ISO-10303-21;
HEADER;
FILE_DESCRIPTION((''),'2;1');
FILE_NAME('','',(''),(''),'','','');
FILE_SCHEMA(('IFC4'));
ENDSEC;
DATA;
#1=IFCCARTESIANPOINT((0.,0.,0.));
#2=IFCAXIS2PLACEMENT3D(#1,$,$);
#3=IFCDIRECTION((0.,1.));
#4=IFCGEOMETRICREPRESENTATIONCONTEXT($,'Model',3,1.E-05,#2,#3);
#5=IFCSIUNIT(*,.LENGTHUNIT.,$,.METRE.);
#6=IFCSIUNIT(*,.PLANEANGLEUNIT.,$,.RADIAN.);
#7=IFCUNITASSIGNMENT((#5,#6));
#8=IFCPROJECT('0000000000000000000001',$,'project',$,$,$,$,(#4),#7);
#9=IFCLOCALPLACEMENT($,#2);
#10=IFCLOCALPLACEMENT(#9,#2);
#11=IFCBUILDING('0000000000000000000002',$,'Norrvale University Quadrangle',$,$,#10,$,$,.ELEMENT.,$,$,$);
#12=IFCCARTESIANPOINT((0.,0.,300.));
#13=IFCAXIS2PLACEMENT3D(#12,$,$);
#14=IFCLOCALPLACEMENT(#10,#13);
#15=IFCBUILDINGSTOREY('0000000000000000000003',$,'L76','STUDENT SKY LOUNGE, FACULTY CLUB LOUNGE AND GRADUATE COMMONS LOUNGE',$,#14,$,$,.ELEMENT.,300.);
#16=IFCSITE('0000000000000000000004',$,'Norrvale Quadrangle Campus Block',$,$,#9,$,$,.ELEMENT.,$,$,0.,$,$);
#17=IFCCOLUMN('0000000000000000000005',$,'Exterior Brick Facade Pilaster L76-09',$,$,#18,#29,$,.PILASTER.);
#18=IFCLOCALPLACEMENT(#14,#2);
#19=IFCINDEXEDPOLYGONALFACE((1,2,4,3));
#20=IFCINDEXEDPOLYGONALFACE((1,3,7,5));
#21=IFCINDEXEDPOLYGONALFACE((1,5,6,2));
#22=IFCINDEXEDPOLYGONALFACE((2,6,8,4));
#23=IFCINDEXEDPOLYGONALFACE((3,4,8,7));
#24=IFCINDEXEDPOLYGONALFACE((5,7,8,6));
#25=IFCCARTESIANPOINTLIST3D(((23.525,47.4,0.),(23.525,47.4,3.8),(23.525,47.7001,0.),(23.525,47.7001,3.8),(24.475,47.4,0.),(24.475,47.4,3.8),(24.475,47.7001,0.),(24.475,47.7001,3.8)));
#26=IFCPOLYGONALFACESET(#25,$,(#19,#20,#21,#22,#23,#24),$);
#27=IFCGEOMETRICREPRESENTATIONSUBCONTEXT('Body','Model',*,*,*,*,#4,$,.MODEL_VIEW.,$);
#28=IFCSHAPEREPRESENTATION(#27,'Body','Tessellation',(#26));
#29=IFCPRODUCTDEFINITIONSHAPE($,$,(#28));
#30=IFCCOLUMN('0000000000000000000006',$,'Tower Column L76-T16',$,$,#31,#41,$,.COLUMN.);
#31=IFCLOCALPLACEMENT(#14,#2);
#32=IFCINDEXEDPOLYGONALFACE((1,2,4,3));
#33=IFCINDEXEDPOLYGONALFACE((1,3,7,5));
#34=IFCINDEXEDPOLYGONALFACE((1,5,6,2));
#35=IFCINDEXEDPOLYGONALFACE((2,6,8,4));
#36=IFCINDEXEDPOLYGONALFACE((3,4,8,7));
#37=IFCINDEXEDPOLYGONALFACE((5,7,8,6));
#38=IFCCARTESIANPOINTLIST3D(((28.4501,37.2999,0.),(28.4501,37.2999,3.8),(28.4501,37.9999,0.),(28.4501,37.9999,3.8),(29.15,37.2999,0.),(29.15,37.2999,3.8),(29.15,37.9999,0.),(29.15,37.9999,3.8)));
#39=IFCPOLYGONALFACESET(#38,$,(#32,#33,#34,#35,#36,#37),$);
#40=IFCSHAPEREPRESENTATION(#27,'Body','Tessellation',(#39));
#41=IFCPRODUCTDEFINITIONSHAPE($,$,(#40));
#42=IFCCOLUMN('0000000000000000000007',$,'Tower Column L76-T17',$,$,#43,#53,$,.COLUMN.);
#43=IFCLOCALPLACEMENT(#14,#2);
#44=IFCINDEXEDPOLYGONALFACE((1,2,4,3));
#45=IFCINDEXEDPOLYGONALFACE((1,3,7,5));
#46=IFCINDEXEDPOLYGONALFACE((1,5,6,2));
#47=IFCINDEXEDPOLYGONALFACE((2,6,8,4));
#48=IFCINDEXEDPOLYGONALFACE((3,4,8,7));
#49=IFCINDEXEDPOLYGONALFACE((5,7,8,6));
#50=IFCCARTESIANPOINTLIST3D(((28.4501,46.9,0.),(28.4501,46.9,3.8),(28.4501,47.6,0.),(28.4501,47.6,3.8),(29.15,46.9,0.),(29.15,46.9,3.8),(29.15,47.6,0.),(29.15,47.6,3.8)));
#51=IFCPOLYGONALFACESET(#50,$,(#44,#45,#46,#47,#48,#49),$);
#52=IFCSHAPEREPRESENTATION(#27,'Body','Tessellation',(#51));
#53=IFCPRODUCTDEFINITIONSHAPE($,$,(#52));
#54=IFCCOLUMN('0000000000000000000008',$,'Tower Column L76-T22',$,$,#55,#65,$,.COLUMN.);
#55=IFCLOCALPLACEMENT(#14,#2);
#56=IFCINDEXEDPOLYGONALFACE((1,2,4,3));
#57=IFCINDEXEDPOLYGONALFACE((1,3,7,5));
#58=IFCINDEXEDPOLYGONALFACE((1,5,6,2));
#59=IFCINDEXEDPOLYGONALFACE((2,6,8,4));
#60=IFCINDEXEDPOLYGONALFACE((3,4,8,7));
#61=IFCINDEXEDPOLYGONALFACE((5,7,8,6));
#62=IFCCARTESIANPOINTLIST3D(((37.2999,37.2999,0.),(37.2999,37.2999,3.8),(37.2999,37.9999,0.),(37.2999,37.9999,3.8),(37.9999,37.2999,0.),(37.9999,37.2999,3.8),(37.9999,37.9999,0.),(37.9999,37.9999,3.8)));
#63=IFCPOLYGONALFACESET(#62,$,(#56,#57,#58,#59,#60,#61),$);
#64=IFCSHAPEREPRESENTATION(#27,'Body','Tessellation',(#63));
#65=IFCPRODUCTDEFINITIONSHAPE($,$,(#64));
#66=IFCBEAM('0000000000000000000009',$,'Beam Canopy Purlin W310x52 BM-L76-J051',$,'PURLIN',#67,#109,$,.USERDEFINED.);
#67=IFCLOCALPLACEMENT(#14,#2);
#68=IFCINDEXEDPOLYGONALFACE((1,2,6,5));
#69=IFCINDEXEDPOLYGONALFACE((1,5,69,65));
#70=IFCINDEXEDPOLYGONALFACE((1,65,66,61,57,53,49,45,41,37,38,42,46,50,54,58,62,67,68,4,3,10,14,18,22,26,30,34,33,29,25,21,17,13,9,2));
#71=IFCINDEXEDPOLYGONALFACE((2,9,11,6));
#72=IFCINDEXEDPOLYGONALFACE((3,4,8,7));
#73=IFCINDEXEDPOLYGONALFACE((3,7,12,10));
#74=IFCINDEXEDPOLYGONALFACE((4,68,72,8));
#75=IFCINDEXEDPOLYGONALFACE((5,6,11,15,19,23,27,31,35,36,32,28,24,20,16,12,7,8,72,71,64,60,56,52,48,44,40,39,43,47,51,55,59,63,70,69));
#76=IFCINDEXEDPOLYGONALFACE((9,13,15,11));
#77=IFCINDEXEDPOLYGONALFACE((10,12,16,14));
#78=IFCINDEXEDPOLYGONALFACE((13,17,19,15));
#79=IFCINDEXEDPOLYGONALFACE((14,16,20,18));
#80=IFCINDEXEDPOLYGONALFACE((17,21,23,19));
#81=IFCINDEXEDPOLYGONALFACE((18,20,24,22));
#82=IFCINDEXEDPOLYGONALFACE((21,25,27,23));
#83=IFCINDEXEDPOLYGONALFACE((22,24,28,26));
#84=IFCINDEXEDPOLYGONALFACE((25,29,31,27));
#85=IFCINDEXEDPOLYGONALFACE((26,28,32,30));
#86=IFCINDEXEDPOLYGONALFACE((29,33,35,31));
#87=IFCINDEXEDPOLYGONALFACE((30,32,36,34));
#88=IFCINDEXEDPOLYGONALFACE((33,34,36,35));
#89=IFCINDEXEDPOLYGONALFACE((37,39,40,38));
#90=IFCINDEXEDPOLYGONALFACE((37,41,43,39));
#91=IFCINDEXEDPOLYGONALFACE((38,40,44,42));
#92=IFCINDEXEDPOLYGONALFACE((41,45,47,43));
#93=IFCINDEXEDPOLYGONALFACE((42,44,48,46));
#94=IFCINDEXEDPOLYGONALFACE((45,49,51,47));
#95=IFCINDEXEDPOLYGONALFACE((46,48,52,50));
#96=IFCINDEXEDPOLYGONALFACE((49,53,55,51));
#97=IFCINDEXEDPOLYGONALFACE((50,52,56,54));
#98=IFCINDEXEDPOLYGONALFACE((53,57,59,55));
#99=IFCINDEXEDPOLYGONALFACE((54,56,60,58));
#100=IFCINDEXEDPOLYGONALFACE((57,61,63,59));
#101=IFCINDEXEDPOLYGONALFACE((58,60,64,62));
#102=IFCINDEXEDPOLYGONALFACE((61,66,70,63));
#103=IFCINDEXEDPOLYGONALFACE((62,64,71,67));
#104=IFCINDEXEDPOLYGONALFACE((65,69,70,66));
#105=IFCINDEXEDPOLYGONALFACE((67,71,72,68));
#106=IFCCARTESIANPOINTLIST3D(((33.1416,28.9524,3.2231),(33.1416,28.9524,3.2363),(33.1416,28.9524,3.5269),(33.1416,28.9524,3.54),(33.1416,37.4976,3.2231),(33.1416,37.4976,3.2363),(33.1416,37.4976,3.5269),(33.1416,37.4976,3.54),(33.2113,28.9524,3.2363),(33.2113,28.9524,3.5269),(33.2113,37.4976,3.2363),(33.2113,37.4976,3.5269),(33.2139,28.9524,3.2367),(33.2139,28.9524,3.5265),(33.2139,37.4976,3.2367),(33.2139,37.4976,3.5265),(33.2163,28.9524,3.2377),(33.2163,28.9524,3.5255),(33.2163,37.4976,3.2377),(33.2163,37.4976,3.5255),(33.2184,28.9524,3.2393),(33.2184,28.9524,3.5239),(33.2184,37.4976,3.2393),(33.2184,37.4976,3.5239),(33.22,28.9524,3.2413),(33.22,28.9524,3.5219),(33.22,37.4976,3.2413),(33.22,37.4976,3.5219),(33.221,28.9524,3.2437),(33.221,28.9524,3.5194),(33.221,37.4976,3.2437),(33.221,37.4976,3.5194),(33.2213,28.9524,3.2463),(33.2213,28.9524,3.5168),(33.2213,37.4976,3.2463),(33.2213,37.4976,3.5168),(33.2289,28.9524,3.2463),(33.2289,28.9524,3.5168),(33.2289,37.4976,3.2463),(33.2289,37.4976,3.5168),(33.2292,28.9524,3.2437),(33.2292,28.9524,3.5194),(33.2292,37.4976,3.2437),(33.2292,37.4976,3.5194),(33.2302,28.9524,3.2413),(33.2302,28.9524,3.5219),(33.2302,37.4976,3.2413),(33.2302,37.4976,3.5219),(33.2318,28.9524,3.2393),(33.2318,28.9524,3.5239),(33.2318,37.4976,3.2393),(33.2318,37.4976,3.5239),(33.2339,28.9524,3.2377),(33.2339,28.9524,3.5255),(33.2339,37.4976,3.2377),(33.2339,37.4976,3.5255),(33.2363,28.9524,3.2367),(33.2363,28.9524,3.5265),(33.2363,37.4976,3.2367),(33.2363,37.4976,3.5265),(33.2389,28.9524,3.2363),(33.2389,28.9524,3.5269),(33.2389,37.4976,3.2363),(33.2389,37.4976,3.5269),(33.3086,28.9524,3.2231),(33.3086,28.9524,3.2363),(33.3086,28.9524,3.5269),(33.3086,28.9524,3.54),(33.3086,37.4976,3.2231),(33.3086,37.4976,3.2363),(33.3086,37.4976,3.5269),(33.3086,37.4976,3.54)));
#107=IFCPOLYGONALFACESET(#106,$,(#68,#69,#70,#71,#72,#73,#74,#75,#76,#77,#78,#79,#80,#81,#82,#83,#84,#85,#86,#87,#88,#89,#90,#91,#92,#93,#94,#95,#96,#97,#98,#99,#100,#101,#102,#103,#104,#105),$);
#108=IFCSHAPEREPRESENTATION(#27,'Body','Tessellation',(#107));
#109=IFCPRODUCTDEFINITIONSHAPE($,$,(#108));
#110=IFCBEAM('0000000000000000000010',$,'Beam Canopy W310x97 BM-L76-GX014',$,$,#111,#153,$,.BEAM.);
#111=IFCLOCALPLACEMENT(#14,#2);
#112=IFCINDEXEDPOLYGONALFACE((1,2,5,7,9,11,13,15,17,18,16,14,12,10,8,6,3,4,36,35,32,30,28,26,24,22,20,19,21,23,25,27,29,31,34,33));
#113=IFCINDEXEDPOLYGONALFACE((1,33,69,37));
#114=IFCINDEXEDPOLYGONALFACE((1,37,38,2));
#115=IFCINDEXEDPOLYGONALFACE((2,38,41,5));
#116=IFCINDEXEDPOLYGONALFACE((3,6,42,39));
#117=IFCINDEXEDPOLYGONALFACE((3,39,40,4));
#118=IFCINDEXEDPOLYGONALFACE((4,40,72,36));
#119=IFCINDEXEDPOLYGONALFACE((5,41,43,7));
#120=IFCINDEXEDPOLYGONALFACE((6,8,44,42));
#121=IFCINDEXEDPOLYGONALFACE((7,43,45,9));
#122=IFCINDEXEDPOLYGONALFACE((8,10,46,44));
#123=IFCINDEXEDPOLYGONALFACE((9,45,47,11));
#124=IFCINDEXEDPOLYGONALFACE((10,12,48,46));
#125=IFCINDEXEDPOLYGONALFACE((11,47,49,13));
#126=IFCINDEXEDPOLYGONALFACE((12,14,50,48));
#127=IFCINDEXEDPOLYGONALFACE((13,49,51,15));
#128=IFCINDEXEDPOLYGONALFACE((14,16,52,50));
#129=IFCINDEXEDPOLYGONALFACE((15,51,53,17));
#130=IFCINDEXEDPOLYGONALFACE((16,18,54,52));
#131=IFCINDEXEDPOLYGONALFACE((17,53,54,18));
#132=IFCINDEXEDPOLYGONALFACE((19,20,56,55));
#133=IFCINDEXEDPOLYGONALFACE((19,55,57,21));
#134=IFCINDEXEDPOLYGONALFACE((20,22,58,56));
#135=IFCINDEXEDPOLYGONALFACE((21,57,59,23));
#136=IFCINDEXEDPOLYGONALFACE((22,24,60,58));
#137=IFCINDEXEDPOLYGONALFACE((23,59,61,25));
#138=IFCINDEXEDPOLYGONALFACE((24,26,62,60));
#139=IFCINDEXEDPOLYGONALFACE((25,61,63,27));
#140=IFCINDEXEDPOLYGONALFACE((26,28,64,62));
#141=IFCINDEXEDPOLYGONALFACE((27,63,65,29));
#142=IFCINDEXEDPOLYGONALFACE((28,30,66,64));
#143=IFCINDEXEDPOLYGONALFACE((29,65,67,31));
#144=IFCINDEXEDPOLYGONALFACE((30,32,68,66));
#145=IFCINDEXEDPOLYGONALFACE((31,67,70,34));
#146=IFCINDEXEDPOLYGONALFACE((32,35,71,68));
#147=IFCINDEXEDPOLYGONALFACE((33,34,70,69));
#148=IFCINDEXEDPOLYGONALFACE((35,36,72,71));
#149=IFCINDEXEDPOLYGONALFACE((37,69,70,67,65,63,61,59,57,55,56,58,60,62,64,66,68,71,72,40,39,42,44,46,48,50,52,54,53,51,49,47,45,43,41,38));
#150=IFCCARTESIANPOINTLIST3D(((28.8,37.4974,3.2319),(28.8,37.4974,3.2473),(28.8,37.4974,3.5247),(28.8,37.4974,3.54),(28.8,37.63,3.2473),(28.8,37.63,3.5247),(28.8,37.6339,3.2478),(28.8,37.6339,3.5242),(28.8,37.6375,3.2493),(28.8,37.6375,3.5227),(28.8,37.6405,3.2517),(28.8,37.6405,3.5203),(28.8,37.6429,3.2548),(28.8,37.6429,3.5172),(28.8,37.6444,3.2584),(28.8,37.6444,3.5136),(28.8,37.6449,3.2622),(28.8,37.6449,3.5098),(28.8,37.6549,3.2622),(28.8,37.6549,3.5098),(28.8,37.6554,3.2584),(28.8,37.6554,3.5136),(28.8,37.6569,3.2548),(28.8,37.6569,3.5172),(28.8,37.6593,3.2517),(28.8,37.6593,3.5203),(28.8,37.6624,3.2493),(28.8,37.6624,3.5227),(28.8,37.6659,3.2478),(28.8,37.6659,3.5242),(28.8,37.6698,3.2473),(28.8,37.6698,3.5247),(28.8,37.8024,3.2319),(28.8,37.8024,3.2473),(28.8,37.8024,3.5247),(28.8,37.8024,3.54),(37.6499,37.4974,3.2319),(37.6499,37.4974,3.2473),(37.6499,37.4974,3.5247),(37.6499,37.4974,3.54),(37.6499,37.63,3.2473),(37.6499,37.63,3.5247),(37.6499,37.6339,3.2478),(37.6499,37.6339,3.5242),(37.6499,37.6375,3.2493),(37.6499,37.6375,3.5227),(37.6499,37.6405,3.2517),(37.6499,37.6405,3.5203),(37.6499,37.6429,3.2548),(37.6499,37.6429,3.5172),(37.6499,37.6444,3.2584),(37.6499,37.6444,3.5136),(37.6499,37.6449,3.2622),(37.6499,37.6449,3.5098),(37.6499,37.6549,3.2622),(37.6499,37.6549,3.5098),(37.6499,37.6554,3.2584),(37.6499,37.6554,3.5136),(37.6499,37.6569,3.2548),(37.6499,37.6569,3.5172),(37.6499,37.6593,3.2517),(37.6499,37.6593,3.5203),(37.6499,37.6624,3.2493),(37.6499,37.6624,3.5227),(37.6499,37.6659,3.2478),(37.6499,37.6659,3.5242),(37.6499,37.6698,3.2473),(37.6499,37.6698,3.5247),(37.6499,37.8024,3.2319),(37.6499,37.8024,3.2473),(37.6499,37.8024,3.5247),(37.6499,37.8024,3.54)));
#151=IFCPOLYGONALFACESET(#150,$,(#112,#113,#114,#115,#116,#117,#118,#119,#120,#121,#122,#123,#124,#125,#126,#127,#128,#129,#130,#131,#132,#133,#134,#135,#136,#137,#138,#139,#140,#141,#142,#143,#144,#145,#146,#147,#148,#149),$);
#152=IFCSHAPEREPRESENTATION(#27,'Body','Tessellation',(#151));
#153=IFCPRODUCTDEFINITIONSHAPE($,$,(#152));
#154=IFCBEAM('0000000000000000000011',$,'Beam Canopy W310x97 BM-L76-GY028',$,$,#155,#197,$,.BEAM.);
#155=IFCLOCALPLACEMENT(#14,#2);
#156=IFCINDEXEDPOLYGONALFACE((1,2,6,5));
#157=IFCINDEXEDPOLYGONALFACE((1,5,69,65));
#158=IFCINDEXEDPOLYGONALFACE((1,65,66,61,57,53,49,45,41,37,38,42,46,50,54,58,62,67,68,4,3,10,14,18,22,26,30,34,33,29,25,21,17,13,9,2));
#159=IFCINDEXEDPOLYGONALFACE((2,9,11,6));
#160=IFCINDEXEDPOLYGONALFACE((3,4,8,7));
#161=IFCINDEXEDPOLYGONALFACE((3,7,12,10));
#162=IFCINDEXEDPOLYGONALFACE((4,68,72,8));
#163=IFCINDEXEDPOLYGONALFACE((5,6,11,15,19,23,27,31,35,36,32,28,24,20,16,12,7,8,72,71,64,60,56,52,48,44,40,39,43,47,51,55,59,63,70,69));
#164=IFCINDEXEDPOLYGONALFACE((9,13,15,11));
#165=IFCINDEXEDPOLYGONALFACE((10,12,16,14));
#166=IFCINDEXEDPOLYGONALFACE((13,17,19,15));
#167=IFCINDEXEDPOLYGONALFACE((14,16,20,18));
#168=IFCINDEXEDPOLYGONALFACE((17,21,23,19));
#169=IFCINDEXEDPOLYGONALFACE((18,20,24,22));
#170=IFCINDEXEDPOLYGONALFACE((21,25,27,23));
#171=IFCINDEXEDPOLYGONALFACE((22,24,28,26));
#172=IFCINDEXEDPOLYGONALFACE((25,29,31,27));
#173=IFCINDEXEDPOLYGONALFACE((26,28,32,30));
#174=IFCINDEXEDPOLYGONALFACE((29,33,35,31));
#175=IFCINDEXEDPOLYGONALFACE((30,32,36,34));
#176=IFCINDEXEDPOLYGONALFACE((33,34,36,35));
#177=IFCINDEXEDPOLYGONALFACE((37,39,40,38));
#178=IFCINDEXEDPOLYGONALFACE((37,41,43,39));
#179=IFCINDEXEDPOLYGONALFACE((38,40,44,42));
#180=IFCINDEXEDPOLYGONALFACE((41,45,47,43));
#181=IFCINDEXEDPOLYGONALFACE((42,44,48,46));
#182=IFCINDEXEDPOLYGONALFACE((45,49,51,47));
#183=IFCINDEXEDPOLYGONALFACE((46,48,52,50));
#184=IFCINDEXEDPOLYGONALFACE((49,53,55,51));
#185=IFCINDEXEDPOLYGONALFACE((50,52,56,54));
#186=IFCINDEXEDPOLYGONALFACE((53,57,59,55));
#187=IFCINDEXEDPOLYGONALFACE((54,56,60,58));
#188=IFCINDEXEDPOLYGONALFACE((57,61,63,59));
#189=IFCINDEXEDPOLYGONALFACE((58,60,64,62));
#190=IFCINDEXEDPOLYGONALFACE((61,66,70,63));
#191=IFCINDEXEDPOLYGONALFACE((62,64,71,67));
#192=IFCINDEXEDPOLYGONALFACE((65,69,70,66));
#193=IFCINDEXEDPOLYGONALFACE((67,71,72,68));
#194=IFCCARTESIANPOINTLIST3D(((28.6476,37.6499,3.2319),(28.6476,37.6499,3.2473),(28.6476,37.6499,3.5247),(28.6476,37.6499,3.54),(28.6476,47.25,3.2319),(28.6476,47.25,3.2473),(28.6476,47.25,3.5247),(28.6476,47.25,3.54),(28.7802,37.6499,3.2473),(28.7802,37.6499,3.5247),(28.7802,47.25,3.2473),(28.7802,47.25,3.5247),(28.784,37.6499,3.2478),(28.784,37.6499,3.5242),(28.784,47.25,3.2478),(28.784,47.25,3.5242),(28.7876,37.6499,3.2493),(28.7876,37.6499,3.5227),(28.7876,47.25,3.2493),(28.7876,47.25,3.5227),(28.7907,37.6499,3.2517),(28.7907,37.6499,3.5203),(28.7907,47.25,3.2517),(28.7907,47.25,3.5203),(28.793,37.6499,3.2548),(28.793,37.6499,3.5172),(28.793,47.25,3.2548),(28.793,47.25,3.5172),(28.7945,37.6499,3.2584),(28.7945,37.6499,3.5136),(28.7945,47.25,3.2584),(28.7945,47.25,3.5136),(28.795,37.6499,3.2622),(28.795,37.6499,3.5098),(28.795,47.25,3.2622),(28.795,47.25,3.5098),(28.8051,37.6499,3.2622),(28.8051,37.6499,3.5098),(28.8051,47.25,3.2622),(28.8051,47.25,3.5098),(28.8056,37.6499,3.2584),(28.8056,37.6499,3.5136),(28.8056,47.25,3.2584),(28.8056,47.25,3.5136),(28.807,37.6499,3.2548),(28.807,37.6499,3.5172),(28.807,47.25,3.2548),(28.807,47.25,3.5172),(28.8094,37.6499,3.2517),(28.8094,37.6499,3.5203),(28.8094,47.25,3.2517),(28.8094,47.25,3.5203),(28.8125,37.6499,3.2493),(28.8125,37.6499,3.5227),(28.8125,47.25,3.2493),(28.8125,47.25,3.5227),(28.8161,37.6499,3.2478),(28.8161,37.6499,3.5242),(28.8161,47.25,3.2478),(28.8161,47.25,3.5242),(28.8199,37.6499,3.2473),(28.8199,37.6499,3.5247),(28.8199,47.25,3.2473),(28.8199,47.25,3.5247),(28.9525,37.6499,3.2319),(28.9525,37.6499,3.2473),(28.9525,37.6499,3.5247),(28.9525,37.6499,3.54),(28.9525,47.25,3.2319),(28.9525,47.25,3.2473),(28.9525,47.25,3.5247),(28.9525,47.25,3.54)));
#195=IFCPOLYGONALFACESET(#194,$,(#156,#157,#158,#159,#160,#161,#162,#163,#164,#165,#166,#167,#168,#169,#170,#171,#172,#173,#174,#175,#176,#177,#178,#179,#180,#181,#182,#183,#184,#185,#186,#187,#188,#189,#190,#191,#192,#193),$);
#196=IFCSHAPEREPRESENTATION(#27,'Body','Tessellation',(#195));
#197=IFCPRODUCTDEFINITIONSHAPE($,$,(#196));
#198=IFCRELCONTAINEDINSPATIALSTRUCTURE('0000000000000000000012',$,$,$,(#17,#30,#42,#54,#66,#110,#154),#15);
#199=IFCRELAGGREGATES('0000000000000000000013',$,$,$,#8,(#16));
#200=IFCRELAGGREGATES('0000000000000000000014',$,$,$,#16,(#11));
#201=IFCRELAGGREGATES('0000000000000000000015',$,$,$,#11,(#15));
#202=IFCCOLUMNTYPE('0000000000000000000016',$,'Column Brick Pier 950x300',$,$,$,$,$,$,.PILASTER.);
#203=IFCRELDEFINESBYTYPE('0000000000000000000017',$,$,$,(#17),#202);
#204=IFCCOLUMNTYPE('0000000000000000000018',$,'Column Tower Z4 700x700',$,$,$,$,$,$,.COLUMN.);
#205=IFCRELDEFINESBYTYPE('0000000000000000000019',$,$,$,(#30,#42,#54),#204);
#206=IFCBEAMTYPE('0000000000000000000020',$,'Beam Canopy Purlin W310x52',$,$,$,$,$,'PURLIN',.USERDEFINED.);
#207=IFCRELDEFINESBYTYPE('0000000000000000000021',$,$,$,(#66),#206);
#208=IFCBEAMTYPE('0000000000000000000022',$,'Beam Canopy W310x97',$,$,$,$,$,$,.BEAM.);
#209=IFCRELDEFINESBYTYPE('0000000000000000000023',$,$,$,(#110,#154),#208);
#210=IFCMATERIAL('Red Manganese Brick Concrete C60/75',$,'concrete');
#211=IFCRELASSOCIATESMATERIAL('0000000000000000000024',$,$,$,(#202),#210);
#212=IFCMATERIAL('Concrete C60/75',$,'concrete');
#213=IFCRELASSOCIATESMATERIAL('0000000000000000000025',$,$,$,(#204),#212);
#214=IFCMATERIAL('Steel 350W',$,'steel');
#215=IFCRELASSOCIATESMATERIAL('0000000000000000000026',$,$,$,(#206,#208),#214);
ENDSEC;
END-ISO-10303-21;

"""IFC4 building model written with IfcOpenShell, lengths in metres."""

from ifc_helpers import new_model, si_unit, direction, frame, origin, origin_2d, place, context, subcontext, project, spatial, rectangle, i_section, extrude, material, material_profile, profile_set, type_object, element, save


model = new_model("IFC4")

# Units and contexts
model_context = context("Model", 3, precision=1e-05, world=origin(), true_north=direction((0.0, 1.0)))
body_context = subcontext(model_context, "Body", "Model", "MODEL_VIEW")
ifc_project = project(units=[si_unit("LENGTHUNIT", "METRE"), si_unit("PLANEANGLEUNIT", "RADIAN")], contexts=[model_context])

# Site, building, storey
site_placement = place(None, origin())
site = spatial("IfcSite", under=ifc_project, at=site_placement, Name="Norrvale Quadrangle Campus Block", CompositionType="ELEMENT", RefElevation=0.0)
building_placement = place(site_placement, origin())
building = spatial("IfcBuilding", under=site, at=building_placement, Name="Norrvale University Quadrangle", CompositionType="ELEMENT")
storey_placement = place(building_placement, frame((0.0, 0.0, 300.0)))
storey = spatial("IfcBuildingStorey", under=building, at=storey_placement, Name="L76", Description="STUDENT SKY LOUNGE, FACULTY CLUB LOUNGE AND GRADUATE COMMONS LOUNGE", CompositionType="ELEMENT", Elevation=300.0)

# Columns
ifc_material_1 = material(Name="Red Manganese Brick Concrete C60/75", Category="concrete")
ifc_material_profile_1 = material_profile(ifc_material_1, rectangle(XDim=0.95, YDim=0.3, at=origin_2d()), Name="Red Manganese Brick Concrete C60/75")
ifc_profile_set_1 = profile_set([ifc_material_profile_1], Name="Red Manganese Brick Concrete C60/75")
column_type_1 = type_object("IfcColumnType", Name="Column Brick Pier 950x300", PredefinedType="PILASTER", material=ifc_profile_set_1)
column_placement = place(storey_placement, frame((24.0, 47.55, 0.0), z_axis=(0.0, 0.0, 1.0), x_axis=(1.0, 0.0, 0.0)))
element("IfcColumn", 1, at=column_placement, inside=storey, type_object=column_type_1, Name="Exterior Brick Facade Pilaster L76-09", PredefinedType="PILASTER", context=body_context, shape_type="SweptSolid", body=[
    extrude(rectangle(XDim=0.95, YDim=0.3, at=origin_2d()), origin(), (0.0, 0.0, 1.0), 3.8),
])
ifc_material_2 = material(Name="Concrete C60/75", Category="concrete")
ifc_material_profile_2 = material_profile(ifc_material_2, rectangle(XDim=0.7, YDim=0.7, at=origin_2d()), Name="Concrete C60/75")
ifc_profile_set_2 = profile_set([ifc_material_profile_2], Name="Concrete C60/75")
column_type_2 = type_object("IfcColumnType", Name="Column Tower Z4 700x700", PredefinedType="COLUMN", material=ifc_profile_set_2)
for number, where, z_axis, x_axis, name in (
    (2, (28.8, 37.6499, 0.0), (0.0, 0.0, 1.0), (1.0, 0.0, 0.0), "Tower Column L76-T16"),
    (3, (28.8, 47.25, 0.0), (0.0, 0.0, 1.0), (1.0, 0.0, 0.0), "Tower Column L76-T17"),
    (4, (37.6499, 37.6499, 0.0), (0.0, 0.0, 1.0), (1.0, 0.0, 0.0), "Tower Column L76-T22"),
):
    element("IfcColumn", number, at=place(storey_placement, frame(where, z_axis=z_axis, x_axis=x_axis)), inside=storey, type_object=column_type_2, Name=name, PredefinedType="COLUMN", context=body_context, shape_type="SweptSolid", body=[
        extrude(rectangle(XDim=0.7, YDim=0.7, at=origin_2d()), origin(), (0.0, 0.0, 1.0), 3.8),
    ])

# Beams
ifc_material_3 = material(Name="Steel 350W", Category="steel")
ifc_material_profile_3 = material_profile(ifc_material_3, i_section(OverallWidth=0.167, OverallDepth=0.3169, WebThickness=0.0076, FlangeThickness=0.0132, FilletRadius=0.01, at=origin_2d()), Name="Steel 350W")
ifc_profile_set_3 = profile_set([ifc_material_profile_3], Name="Steel 350W")
beam_type_1 = type_object("IfcBeamType", Name="Beam Canopy Purlin W310x52", ElementType="PURLIN", PredefinedType="USERDEFINED", material=ifc_profile_set_3)
beam_1_placement = place(storey_placement, frame((33.2251, 28.9524, 3.3816), z_axis=(0.0, 1.0, 0.0), x_axis=(-1.0, 0.0, 0.0)))
element("IfcBeam", 5, at=beam_1_placement, inside=storey, type_object=beam_type_1, Name="Beam Canopy Purlin W310x52 BM-L76-J051", ObjectType="PURLIN", PredefinedType="USERDEFINED", context=body_context, shape_type="SweptSolid", body=[
    extrude(i_section(OverallWidth=0.167, OverallDepth=0.3169, WebThickness=0.0076, FlangeThickness=0.0132, FilletRadius=0.01, at=origin_2d()), origin(), (0.0, 0.0, 1.0), 8.5452),
])
ifc_material_profile_4 = material_profile(ifc_material_3, i_section(OverallWidth=0.3049, OverallDepth=0.3081, WebThickness=0.01, FlangeThickness=0.0154, FilletRadius=0.0149, at=origin_2d()), Name="Steel 350W")
ifc_profile_set_4 = profile_set([ifc_material_profile_4], Name="Steel 350W")
beam_type_2 = type_object("IfcBeamType", Name="Beam Canopy W310x97", PredefinedType="BEAM", material=ifc_profile_set_4)
beam_2_placement = place(storey_placement, frame((28.8, 37.6499, 3.386), z_axis=(1.0, 0.0, 0.0), x_axis=(0.0, 1.0, 0.0)))
element("IfcBeam", 6, at=beam_2_placement, inside=storey, type_object=beam_type_2, Name="Beam Canopy W310x97 BM-L76-GX014", PredefinedType="BEAM", context=body_context, shape_type="SweptSolid", body=[
    extrude(i_section(OverallWidth=0.3049, OverallDepth=0.3081, WebThickness=0.01, FlangeThickness=0.0154, FilletRadius=0.0149, at=origin_2d()), origin(), (0.0, 0.0, 1.0), 8.8499),
])
beam_3_placement = place(storey_placement, frame((28.8, 37.6499, 3.386), z_axis=(0.0, 1.0, 0.0), x_axis=(-1.0, 0.0, 0.0)))
element("IfcBeam", 7, at=beam_3_placement, inside=storey, type_object=beam_type_2, Name="Beam Canopy W310x97 BM-L76-GY028", PredefinedType="BEAM", context=body_context, shape_type="SweptSolid", body=[
    extrude(i_section(OverallWidth=0.3049, OverallDepth=0.3081, WebThickness=0.01, FlangeThickness=0.0154, FilletRadius=0.0149, at=origin_2d()), origin(), (0.0, 0.0, 1.0), 9.6001),
])

save(model, "model.ifc")
